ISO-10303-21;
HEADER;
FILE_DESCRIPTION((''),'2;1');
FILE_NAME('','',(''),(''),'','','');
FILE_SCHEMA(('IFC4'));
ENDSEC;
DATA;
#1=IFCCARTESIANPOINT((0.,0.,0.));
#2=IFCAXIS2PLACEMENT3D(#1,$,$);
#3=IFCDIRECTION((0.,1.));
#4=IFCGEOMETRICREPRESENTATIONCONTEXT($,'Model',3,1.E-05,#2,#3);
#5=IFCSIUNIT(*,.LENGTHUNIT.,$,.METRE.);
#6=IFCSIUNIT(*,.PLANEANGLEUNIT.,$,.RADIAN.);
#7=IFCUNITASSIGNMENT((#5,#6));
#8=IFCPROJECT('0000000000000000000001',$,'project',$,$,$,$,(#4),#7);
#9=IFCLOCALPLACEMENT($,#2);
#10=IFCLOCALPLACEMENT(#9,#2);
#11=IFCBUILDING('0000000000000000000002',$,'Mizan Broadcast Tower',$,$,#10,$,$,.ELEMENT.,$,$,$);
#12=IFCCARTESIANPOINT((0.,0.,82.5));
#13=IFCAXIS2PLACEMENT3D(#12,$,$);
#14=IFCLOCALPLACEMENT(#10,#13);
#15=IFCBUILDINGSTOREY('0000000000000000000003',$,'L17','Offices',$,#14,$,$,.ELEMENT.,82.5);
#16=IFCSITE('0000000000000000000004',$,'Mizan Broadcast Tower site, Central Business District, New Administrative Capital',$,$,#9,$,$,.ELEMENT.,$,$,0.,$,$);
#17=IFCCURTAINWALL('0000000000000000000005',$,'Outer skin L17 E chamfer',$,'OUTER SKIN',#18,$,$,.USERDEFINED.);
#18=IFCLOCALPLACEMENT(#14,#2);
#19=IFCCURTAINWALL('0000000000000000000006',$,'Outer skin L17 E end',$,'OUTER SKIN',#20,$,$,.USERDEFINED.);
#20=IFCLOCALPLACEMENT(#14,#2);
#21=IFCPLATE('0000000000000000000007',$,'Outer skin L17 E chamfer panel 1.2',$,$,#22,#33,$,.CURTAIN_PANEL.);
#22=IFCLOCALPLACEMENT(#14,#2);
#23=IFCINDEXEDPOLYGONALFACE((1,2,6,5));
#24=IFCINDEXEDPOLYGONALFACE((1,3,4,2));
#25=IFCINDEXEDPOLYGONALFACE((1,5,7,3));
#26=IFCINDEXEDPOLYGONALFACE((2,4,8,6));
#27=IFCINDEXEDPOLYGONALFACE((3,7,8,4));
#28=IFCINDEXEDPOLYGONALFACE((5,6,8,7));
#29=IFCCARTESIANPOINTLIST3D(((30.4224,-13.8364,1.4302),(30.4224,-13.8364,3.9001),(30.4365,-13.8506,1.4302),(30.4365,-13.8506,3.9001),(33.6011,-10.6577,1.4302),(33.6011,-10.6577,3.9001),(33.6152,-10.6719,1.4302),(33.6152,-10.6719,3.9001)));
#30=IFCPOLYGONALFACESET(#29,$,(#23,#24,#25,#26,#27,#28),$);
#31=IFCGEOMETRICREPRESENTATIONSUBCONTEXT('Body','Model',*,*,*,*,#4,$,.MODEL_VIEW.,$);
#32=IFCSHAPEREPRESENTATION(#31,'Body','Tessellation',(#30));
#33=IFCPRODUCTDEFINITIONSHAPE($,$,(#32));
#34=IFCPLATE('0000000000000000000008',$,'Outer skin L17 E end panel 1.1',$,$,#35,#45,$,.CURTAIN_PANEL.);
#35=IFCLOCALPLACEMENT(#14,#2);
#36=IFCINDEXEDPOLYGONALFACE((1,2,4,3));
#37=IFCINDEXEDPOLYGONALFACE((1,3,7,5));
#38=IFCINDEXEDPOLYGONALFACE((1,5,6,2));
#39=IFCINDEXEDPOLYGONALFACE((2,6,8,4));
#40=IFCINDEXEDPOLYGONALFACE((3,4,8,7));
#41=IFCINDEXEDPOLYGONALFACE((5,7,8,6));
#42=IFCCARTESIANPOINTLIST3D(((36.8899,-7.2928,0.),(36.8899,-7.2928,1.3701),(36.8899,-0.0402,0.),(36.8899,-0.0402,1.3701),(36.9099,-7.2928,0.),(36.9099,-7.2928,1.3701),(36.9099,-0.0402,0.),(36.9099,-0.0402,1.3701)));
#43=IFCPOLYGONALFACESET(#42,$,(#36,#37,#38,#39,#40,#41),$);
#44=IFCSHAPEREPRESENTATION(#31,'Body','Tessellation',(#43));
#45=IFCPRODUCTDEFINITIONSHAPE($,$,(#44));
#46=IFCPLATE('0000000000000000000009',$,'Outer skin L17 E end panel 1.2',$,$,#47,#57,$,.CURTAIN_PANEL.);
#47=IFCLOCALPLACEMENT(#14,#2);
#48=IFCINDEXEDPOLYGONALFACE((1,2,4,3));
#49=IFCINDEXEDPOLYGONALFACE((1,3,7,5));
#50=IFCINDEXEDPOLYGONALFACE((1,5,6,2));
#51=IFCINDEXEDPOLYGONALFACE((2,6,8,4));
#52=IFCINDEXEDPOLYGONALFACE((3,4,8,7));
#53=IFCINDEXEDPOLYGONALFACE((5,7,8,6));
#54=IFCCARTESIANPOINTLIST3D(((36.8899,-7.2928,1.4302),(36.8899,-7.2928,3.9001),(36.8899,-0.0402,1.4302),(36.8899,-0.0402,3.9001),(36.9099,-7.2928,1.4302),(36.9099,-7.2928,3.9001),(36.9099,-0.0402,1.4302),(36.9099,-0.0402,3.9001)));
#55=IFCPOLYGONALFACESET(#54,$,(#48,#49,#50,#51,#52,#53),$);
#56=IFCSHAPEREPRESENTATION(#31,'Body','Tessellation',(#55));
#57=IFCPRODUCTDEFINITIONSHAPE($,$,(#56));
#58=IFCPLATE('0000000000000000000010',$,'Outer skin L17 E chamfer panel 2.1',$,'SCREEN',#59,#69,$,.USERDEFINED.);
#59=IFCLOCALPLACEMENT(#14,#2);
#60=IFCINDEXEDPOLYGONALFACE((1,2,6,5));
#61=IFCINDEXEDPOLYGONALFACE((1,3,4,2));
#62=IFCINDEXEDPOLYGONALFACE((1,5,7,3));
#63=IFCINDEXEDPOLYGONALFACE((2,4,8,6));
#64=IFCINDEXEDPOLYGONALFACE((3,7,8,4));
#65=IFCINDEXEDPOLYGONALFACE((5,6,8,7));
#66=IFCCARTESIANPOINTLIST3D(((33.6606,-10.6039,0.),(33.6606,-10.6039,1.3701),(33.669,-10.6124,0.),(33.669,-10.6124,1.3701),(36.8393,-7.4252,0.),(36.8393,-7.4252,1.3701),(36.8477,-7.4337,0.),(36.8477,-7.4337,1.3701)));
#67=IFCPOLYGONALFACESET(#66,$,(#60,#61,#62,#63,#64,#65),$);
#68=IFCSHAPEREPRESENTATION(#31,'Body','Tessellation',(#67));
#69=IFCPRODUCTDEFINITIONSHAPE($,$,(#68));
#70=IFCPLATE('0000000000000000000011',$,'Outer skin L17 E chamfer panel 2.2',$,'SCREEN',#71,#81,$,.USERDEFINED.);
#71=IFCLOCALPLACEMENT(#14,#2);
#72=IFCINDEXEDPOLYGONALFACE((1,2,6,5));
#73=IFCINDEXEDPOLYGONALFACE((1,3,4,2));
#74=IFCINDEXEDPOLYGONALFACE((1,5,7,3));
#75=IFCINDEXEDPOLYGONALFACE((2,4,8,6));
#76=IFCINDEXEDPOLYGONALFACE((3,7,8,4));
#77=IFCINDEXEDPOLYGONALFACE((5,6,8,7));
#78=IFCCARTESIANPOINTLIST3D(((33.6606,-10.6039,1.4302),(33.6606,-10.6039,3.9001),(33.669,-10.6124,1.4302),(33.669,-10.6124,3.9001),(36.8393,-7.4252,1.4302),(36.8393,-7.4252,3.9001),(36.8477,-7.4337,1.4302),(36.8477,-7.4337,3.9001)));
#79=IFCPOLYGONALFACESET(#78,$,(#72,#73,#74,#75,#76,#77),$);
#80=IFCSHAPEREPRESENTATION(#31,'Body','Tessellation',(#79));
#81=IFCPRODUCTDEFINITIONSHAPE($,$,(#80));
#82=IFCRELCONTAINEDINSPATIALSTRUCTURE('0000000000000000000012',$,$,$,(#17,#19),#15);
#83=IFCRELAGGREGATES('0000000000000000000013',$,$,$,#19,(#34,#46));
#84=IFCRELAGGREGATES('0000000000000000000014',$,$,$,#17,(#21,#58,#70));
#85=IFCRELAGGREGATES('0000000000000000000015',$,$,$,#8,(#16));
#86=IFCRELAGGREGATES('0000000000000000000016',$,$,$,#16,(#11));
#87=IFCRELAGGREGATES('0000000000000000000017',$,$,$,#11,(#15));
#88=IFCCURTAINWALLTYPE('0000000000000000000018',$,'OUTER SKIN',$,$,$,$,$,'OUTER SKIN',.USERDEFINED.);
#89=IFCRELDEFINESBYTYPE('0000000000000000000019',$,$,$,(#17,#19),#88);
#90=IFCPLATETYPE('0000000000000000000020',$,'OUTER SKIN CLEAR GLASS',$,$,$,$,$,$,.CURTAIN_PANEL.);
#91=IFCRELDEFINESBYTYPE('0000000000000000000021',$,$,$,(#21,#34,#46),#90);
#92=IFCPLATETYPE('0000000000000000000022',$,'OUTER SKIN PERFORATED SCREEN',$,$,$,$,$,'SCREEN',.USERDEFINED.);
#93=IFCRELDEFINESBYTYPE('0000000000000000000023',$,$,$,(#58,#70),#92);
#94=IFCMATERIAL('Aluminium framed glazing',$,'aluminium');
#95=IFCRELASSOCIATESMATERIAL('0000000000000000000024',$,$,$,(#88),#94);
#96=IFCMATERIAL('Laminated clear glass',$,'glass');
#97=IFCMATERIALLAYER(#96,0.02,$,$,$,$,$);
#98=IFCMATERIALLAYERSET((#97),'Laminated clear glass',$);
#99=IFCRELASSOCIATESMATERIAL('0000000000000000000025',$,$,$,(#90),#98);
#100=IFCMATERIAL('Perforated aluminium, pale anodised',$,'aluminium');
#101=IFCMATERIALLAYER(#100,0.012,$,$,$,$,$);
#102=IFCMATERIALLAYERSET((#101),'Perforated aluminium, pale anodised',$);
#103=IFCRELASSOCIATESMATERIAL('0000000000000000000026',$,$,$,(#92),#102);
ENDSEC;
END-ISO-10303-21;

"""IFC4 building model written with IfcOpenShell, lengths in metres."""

from ifc_helpers import new_model, si_unit, direction, frame, origin, origin_2d, place, context, subcontext, project, spatial, rectangle, extrude, material, layer, layer_set, type_object, element, aggregate, save


model = new_model("IFC4")

# Units and contexts
model_context = context("Model", 3, precision=1e-05, world=origin(), true_north=direction((0.0, 1.0)))
body_context = subcontext(model_context, "Body", "Model", "MODEL_VIEW")
ifc_project = project(units=[si_unit("LENGTHUNIT", "METRE"), si_unit("PLANEANGLEUNIT", "RADIAN")], contexts=[model_context])

# Site, building, storey
site_placement = place(None, origin())
site = spatial("IfcSite", under=ifc_project, at=site_placement, Name="Mizan Broadcast Tower site, Central Business District, New Administrative Capital", CompositionType="ELEMENT", RefElevation=0.0)
building_placement = place(site_placement, origin())
building = spatial("IfcBuilding", under=site, at=building_placement, Name="Mizan Broadcast Tower", CompositionType="ELEMENT")
storey_placement = place(building_placement, frame((0.0, 0.0, 82.5)))
storey = spatial("IfcBuildingStorey", under=building, at=storey_placement, Name="L17", Description="Offices", CompositionType="ELEMENT", Elevation=82.5)

# Curtain wall
ifc_material_1 = material(Name="Aluminium framed glazing", Category="aluminium")
curtain_wall_type_1 = type_object("IfcCurtainWallType", Name="OUTER SKIN", ElementType="OUTER SKIN", PredefinedType="USERDEFINED", material=ifc_material_1)
curtain_wall_1_placement = place(storey_placement, origin())
curtain_wall_1 = element("IfcCurtainWall", 1, at=curtain_wall_1_placement, inside=storey, type_object=curtain_wall_type_1, Name="Outer skin L17 E chamfer", ObjectType="OUTER SKIN", PredefinedType="USERDEFINED")

# Curtain wall
curtain_wall_2_placement = place(storey_placement, origin())
curtain_wall_2 = element("IfcCurtainWall", 2, at=curtain_wall_2_placement, inside=storey, type_object=curtain_wall_type_1, Name="Outer skin L17 E end", ObjectType="OUTER SKIN", PredefinedType="USERDEFINED")

# Plates
ifc_material_2 = material(Name="Laminated clear glass", Category="glass")
ifc_layer_1 = layer(ifc_material_2, 0.02)
ifc_layer_set_1 = layer_set([ifc_layer_1], Name="Laminated clear glass")
plate_type_1 = type_object("IfcPlateType", Name="OUTER SKIN CLEAR GLASS", PredefinedType="CURTAIN_PANEL", material=ifc_layer_set_1)
plate_1_placement = place(storey_placement, frame((32.0188, -12.2542, 1.4302), z_axis=(0.0, 0.0, 1.0), x_axis=(0.707107, 0.707107, 0.0)))
plate_1 = element("IfcPlate", 3, at=plate_1_placement, type_object=plate_type_1, Name="Outer skin L17 E chamfer panel 1.2", PredefinedType="CURTAIN_PANEL", context=body_context, shape_type="SweptSolid", body=[
    extrude(rectangle(XDim=4.4954, YDim=0.02, at=origin_2d()), origin(), (0.0, 0.0, 1.0), 2.47),
])
plate_2_placement = place(storey_placement, frame((36.8999, -3.6665, 0.0), z_axis=(0.0, 0.0, 1.0), x_axis=(0.0, 1.0, 0.0)))
plate_2 = element("IfcPlate", 4, at=plate_2_placement, type_object=plate_type_1, Name="Outer skin L17 E end panel 1.1", PredefinedType="CURTAIN_PANEL", context=body_context, shape_type="SweptSolid", body=[
    extrude(rectangle(XDim=7.2527, YDim=0.02, at=origin_2d()), origin(), (0.0, 0.0, 1.0), 1.3701),
])
plate_3_placement = place(storey_placement, frame((36.8999, -3.6665, 1.4302), z_axis=(0.0, 0.0, 1.0), x_axis=(0.0, 1.0, 0.0)))
plate_3 = element("IfcPlate", 5, at=plate_3_placement, type_object=plate_type_1, Name="Outer skin L17 E end panel 1.2", PredefinedType="CURTAIN_PANEL", context=body_context, shape_type="SweptSolid", body=[
    extrude(rectangle(XDim=7.2527, YDim=0.02, at=origin_2d()), origin(), (0.0, 0.0, 1.0), 2.47),
])
aggregate(curtain_wall_2, [plate_2, plate_3])
ifc_material_3 = material(Name="Perforated aluminium, pale anodised", Category="aluminium")
ifc_layer_2 = layer(ifc_material_3, 0.012)
ifc_layer_set_2 = layer_set([ifc_layer_2], Name="Perforated aluminium, pale anodised")
plate_type_2 = type_object("IfcPlateType", Name="OUTER SKIN PERFORATED SCREEN", ElementType="SCREEN", PredefinedType="USERDEFINED", material=ifc_layer_set_2)
plate_4_placement = place(storey_placement, frame((35.2542, -9.0188, 0.0), z_axis=(0.0, 0.0, 1.0), x_axis=(0.707107, 0.707107, 0.0)))
plate_4 = element("IfcPlate", 6, at=plate_4_placement, type_object=plate_type_2, Name="Outer skin L17 E chamfer panel 2.1", ObjectType="SCREEN", PredefinedType="USERDEFINED", context=body_context, shape_type="SweptSolid", body=[
    extrude(rectangle(XDim=4.4954, YDim=0.012, at=origin_2d()), origin(), (0.0, 0.0, 1.0), 1.3701),
])
plate_5_placement = place(storey_placement, frame((35.2542, -9.0188, 1.4302), z_axis=(0.0, 0.0, 1.0), x_axis=(0.707107, 0.707107, 0.0)))
plate_5 = element("IfcPlate", 7, at=plate_5_placement, type_object=plate_type_2, Name="Outer skin L17 E chamfer panel 2.2", ObjectType="SCREEN", PredefinedType="USERDEFINED", context=body_context, shape_type="SweptSolid", body=[
    extrude(rectangle(XDim=4.4954, YDim=0.012, at=origin_2d()), origin(), (0.0, 0.0, 1.0), 2.47),
])
aggregate(curtain_wall_1, [plate_1, plate_4, plate_5])

save(model, "model.ifc")
